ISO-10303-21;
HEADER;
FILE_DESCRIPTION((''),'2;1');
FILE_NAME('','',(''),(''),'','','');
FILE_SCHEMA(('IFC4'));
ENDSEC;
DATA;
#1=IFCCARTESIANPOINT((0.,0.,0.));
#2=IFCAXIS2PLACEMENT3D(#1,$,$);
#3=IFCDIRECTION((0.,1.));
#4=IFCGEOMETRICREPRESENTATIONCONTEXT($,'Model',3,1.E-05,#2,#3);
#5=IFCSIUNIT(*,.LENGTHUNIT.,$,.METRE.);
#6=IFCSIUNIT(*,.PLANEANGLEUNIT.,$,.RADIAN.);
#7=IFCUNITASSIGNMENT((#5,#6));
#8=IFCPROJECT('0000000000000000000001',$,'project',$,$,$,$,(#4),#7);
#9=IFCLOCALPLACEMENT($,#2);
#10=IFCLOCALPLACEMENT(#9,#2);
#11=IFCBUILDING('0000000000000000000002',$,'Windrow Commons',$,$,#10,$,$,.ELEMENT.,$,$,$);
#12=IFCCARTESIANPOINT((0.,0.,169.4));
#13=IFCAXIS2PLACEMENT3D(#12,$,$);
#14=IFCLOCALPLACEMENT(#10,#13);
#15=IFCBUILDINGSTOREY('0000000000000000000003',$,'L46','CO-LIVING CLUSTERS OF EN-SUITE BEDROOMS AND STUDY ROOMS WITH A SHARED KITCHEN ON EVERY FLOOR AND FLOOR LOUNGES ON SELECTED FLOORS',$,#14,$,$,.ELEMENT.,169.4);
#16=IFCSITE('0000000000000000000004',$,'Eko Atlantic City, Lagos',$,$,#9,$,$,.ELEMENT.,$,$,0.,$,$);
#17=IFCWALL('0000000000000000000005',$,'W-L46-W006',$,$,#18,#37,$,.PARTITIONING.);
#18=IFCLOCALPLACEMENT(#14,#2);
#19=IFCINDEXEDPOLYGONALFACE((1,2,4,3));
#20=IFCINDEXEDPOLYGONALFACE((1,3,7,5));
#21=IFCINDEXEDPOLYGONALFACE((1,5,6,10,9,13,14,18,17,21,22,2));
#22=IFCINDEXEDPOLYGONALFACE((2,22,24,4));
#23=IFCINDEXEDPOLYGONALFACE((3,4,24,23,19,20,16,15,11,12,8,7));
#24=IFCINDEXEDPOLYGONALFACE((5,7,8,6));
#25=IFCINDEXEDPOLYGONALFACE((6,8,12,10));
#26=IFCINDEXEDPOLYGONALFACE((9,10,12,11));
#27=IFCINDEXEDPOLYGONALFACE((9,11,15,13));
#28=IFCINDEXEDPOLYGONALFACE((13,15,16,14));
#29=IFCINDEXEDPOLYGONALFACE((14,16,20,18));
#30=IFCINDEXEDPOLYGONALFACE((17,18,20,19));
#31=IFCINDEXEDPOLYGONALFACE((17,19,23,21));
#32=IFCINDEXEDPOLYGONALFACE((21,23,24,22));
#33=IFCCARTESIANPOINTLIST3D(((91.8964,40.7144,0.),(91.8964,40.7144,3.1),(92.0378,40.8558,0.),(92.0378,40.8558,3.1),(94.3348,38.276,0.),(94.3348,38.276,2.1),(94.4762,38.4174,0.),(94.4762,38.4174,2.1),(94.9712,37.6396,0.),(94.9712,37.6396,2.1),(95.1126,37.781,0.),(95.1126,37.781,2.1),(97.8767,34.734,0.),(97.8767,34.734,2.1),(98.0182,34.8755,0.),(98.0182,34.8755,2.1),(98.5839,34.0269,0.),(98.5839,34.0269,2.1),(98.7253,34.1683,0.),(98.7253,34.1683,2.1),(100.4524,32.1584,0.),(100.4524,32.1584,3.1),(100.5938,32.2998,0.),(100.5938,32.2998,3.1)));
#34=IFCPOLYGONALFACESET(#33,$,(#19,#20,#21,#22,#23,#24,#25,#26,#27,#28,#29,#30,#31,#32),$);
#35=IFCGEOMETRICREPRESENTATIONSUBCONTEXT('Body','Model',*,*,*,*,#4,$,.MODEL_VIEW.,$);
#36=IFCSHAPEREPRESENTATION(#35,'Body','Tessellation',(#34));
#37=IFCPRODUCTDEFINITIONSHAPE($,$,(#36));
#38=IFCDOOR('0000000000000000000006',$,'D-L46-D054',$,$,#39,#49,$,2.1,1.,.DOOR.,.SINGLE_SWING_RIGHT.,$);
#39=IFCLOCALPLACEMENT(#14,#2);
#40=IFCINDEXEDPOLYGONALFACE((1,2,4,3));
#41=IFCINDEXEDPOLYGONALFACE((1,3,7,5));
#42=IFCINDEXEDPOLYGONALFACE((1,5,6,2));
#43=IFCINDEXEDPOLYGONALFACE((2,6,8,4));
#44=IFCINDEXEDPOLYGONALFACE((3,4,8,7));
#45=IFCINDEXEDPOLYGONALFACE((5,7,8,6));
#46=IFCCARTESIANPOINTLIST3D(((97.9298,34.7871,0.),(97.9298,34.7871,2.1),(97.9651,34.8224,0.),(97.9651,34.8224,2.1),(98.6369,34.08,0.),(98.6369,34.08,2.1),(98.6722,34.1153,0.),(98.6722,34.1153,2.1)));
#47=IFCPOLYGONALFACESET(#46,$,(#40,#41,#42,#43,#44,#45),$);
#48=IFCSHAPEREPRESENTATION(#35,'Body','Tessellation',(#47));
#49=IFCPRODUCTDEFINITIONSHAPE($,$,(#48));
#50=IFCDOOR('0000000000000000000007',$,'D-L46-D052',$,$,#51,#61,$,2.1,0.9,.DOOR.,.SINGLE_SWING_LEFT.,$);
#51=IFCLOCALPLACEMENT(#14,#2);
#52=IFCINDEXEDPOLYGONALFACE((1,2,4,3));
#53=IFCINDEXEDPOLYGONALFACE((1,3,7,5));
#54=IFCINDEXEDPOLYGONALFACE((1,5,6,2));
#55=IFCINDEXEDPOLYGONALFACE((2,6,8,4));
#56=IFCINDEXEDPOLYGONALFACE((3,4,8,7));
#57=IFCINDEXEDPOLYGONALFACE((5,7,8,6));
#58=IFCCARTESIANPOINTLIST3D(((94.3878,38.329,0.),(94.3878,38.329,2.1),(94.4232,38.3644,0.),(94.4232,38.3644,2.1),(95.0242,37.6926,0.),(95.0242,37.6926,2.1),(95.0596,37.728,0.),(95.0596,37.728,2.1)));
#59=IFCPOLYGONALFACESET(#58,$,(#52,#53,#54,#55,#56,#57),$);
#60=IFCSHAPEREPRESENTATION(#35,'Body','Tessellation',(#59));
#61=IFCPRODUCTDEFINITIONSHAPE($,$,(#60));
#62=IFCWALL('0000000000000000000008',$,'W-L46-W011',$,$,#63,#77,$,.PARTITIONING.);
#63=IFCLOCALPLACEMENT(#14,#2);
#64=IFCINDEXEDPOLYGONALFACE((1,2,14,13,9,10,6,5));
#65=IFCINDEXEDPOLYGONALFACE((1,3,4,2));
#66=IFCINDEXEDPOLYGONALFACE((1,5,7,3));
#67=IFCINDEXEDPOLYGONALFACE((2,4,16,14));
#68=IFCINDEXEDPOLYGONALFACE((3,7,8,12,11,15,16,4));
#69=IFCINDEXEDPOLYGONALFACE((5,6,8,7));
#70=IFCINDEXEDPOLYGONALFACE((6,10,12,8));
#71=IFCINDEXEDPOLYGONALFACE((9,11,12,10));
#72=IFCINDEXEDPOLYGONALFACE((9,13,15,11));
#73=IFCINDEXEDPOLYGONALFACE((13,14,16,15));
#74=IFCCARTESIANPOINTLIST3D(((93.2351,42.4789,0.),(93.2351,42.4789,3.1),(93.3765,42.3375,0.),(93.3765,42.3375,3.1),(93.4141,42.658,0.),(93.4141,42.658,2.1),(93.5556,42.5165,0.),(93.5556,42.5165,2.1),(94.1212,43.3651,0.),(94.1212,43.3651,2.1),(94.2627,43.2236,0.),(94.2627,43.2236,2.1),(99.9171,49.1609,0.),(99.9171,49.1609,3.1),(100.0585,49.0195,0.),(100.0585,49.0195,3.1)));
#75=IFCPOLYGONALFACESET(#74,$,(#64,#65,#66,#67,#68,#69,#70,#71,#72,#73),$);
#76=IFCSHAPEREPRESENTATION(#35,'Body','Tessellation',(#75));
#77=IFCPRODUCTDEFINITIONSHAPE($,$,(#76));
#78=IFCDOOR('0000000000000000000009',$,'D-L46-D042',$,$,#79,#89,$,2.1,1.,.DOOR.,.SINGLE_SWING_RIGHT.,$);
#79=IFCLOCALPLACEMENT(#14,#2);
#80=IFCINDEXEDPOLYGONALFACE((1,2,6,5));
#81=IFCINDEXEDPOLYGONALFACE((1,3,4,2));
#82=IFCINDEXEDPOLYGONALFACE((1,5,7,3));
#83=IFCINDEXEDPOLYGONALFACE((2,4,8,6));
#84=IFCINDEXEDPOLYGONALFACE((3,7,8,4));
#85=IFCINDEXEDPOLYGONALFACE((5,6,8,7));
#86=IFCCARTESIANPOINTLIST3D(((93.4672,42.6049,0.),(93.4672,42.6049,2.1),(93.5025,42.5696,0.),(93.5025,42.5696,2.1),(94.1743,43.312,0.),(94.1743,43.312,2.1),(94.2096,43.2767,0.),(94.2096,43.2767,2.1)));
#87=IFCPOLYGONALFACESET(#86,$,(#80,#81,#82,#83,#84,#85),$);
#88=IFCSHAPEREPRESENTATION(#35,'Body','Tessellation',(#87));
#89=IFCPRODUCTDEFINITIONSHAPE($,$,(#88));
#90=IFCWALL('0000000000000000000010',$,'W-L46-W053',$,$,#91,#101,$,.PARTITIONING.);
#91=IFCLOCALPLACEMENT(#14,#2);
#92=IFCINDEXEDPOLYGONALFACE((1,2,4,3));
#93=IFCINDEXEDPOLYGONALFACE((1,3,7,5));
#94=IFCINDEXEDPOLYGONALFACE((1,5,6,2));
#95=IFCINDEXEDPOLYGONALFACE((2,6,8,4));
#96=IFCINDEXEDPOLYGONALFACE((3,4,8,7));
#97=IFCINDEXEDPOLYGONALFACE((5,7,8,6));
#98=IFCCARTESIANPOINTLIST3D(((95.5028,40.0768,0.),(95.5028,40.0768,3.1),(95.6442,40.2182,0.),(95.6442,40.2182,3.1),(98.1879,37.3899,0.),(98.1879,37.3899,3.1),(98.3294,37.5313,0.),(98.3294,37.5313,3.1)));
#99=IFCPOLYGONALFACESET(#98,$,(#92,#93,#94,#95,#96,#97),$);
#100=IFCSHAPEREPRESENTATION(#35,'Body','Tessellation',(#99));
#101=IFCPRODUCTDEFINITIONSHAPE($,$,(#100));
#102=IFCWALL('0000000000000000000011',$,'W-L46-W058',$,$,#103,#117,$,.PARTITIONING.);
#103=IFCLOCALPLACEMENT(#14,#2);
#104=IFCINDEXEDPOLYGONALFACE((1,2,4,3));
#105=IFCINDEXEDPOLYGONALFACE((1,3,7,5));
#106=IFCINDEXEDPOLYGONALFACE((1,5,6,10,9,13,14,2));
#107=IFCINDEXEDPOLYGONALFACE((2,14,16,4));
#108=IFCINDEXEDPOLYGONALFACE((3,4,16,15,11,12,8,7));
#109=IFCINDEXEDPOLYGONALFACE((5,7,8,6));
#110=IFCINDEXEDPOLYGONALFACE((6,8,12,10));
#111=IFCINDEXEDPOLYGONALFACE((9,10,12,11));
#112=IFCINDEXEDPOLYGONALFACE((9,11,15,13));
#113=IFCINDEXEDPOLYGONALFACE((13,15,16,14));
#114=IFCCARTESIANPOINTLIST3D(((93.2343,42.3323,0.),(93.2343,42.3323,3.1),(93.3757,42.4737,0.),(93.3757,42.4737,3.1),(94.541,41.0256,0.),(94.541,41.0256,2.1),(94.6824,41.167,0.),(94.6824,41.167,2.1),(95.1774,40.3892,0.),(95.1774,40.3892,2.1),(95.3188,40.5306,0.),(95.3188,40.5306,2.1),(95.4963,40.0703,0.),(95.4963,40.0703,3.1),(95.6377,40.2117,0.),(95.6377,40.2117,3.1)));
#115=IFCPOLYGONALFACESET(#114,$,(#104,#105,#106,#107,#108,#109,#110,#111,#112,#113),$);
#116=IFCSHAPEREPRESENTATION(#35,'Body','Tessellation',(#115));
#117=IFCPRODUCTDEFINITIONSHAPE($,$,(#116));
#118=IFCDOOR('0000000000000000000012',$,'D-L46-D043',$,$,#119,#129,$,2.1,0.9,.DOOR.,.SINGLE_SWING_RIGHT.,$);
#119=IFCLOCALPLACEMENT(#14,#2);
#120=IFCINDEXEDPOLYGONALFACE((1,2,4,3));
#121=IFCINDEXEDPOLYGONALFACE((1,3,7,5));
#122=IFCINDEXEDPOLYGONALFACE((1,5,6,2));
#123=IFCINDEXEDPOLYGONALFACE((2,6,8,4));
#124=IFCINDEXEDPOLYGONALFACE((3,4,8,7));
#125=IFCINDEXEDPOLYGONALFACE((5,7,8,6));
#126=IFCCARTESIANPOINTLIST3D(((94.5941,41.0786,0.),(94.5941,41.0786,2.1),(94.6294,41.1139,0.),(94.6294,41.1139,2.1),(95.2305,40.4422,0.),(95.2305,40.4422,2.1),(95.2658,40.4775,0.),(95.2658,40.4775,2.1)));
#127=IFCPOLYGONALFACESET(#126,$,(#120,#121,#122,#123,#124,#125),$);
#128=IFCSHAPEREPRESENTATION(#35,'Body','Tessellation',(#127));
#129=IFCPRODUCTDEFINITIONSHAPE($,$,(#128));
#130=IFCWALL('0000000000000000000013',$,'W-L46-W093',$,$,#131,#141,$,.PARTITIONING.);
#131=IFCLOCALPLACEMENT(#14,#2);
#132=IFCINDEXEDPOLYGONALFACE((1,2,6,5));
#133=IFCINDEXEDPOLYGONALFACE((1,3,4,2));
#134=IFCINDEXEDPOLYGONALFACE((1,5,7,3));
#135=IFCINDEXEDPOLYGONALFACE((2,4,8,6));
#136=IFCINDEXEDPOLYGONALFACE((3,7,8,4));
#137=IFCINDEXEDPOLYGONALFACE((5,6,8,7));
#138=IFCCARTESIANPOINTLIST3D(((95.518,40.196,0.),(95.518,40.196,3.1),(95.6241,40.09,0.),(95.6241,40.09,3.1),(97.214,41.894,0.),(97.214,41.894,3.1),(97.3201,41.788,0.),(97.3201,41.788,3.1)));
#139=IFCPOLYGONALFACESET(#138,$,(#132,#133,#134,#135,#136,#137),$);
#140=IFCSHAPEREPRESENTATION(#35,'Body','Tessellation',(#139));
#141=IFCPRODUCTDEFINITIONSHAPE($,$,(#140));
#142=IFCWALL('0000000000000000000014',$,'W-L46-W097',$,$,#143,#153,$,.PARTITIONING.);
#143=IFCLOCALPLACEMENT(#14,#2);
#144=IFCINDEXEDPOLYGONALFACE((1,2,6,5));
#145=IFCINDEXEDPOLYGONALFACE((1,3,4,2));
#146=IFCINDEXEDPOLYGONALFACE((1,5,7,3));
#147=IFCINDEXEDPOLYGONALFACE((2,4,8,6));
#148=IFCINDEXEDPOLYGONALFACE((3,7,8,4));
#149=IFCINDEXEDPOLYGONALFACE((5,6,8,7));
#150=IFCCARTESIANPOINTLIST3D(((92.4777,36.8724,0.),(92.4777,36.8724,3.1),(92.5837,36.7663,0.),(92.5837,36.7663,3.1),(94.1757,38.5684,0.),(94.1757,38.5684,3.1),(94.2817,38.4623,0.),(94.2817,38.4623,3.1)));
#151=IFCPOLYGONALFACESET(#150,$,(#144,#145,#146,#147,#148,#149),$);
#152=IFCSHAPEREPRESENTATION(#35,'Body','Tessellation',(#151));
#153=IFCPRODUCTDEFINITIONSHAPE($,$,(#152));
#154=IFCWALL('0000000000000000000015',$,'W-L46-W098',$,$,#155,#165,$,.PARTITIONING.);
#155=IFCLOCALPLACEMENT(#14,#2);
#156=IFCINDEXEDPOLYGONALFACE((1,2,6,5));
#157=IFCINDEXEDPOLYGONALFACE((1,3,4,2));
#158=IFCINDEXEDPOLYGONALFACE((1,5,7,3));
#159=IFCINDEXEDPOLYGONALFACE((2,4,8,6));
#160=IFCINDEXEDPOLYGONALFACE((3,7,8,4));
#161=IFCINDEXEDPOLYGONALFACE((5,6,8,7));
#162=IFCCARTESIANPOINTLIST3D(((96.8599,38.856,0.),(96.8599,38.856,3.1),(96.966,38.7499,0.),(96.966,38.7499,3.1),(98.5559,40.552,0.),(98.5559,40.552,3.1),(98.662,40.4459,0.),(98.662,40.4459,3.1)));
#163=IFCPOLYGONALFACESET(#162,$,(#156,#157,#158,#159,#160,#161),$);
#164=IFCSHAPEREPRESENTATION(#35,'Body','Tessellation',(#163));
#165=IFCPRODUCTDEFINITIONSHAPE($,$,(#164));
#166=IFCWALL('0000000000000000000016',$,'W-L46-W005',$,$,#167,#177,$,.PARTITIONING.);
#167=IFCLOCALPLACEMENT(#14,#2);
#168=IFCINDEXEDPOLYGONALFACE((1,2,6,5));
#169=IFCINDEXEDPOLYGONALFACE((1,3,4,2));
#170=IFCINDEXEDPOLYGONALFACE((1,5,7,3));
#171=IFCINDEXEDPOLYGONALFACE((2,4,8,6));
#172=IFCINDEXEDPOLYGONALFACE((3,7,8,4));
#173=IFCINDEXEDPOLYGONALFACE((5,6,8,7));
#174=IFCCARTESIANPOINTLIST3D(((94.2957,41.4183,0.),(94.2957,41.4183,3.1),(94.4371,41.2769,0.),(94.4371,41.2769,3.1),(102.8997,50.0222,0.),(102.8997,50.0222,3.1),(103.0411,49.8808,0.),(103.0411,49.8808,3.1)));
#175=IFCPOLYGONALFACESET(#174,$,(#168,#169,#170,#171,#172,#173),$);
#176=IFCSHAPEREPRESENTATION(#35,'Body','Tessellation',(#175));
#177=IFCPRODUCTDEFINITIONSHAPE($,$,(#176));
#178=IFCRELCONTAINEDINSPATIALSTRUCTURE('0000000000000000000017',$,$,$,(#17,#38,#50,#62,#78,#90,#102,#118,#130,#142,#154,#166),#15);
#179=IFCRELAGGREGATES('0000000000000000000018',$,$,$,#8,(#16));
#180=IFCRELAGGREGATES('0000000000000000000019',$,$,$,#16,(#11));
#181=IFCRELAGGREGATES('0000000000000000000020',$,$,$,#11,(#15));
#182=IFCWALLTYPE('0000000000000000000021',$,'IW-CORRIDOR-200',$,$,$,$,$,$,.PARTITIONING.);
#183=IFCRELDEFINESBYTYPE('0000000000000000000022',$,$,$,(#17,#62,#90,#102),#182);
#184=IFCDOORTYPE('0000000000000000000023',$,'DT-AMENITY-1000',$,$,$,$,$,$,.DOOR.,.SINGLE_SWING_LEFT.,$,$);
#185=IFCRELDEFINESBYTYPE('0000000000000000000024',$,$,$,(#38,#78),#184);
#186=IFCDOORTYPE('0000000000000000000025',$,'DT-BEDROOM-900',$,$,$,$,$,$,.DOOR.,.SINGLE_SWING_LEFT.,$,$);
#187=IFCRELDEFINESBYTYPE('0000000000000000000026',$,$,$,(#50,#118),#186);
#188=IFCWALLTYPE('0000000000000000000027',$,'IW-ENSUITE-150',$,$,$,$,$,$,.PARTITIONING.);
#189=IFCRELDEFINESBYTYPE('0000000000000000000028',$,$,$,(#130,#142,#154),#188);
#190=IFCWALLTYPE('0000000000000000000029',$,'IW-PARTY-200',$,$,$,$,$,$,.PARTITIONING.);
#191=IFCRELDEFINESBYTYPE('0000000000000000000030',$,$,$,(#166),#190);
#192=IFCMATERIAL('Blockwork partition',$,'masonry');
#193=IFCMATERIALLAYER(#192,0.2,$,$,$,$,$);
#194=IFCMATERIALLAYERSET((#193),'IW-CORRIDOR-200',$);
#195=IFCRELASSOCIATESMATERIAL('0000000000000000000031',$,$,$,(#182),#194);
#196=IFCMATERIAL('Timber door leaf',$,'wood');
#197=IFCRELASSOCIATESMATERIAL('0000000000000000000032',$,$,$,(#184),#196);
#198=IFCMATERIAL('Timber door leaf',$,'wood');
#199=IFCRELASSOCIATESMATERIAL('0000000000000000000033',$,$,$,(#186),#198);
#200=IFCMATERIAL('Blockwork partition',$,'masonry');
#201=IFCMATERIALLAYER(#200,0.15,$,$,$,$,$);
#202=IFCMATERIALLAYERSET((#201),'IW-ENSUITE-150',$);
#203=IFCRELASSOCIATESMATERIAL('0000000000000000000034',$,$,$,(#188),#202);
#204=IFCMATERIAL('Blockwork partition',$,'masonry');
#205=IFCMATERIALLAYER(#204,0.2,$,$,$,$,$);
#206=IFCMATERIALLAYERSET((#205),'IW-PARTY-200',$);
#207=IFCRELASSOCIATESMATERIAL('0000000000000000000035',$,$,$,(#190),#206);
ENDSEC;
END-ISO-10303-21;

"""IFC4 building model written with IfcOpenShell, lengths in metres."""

from ifc_helpers import new_model, si_unit, direction, frame, frame_2d, origin, place, context, subcontext, project, spatial, rectangle, extrude, material, layer, layer_set, type_object, element, fill, save


model = new_model("IFC4")

# Units and contexts
model_context = context("Model", 3, precision=1e-05, world=origin(), true_north=direction((0.0, 1.0)))
body_context = subcontext(model_context, "Body", "Model", "MODEL_VIEW")
ifc_project = project(units=[si_unit("LENGTHUNIT", "METRE"), si_unit("PLANEANGLEUNIT", "RADIAN")], contexts=[model_context])

# Site, building, storey
site_placement = place(None, origin())
site = spatial("IfcSite", under=ifc_project, at=site_placement, Name="Eko Atlantic City, Lagos", CompositionType="ELEMENT", RefElevation=0.0)
building_placement = place(site_placement, origin())
building = spatial("IfcBuilding", under=site, at=building_placement, Name="Windrow Commons", CompositionType="ELEMENT")
storey_placement = place(building_placement, frame((0.0, 0.0, 169.4)))
storey = spatial("IfcBuildingStorey", under=building, at=storey_placement, Name="L46", Description="CO-LIVING CLUSTERS OF EN-SUITE BEDROOMS AND STUDY ROOMS WITH A SHARED KITCHEN ON EVERY FLOOR AND FLOOR LOUNGES ON SELECTED FLOORS", CompositionType="ELEMENT", Elevation=169.4)

# Wall, openings, doors
ifc_material_1 = material(Name="Blockwork partition", Category="masonry")
ifc_layer_1 = layer(ifc_material_1, 0.2)
ifc_layer_set_1 = layer_set([ifc_layer_1], Name="IW-CORRIDOR-200")
wall_type_1 = type_object("IfcWallType", Name="IW-CORRIDOR-200", PredefinedType="PARTITIONING", material=ifc_layer_set_1)
wall_1_placement = place(storey_placement, frame((91.9671, 40.7851, 0.0), z_axis=(0.0, 0.0, 1.0), x_axis=(0.707107, -0.707107, 0.0)))
wall_1 = element("IfcWall", 1, at=wall_1_placement, inside=storey, type_object=wall_type_1, Name="W-L46-W006", PredefinedType="PARTITIONING", context=body_context, shape_type="SweptSolid", body=[
    extrude(rectangle(XDim=12.1, YDim=0.2, at=frame_2d((6.05, 0.0))), origin(), (0.0, 0.0, 1.0), 3.1),
])
opening_1_placement = place(wall_1_placement, frame((3.4484, 0.0, 0.0)))
opening_1 = element("IfcOpeningElement", 2, at=opening_1_placement, cuts=wall_1, PredefinedType="OPENING", context=body_context, shape_type="SweptSolid", body=[
    extrude(rectangle(XDim=0.9, YDim=2.1, at=frame_2d((0.45, 1.05))), frame((0.0, 0.11, 0.0), z_axis=(0.0, -1.0, 0.0), x_axis=(1.0, 0.0, 0.0)), (0.0, 0.0, 1.0), 0.22),
])
opening_2_placement = place(wall_1_placement, frame((8.4575, 0.0, 0.0)))
opening_2 = element("IfcOpeningElement", 3, at=opening_2_placement, cuts=wall_1, PredefinedType="OPENING", context=body_context, shape_type="SweptSolid", body=[
    extrude(rectangle(XDim=1.0, YDim=2.1, at=frame_2d((0.5, 1.05))), frame((0.0, 0.11, 0.0), z_axis=(0.0, -1.0, 0.0), x_axis=(1.0, 0.0, 0.0)), (0.0, 0.0, 1.0), 0.22),
])
ifc_material_2 = material(Name="Timber door leaf", Category="wood")
door_type_1 = type_object("IfcDoorType", Name="DT-AMENITY-1000", OperationType="SINGLE_SWING_LEFT", PredefinedType="DOOR", material=ifc_material_2)
door_1_placement = place(opening_2_placement, origin())
door_1 = element("IfcDoor", 4, at=door_1_placement, inside=storey, type_object=door_type_1, Name="D-L46-D054", OperationType="SINGLE_SWING_RIGHT", OverallHeight=2.1, OverallWidth=1.0, PredefinedType="DOOR", context=body_context, shape_type="SweptSolid", body=[
    extrude(rectangle(XDim=1.0, YDim=2.1, at=frame_2d((0.5, 1.05))), frame((0.0, 0.025, 0.0), z_axis=(0.0, -1.0, 0.0), x_axis=(1.0, 0.0, 0.0)), (0.0, 0.0, 1.0), 0.05),
])
fill(opening_2, door_1)
ifc_material_3 = material(Name="Timber door leaf", Category="wood")
door_type_2 = type_object("IfcDoorType", Name="DT-BEDROOM-900", OperationType="SINGLE_SWING_LEFT", PredefinedType="DOOR", material=ifc_material_3)
door_2_placement = place(opening_1_placement, origin())
door_2 = element("IfcDoor", 5, at=door_2_placement, inside=storey, type_object=door_type_2, Name="D-L46-D052", OperationType="SINGLE_SWING_LEFT", OverallHeight=2.1, OverallWidth=0.9, PredefinedType="DOOR", context=body_context, shape_type="SweptSolid", body=[
    extrude(rectangle(XDim=0.9, YDim=2.1, at=frame_2d((0.45, 1.05))), frame((0.0, 0.025, 0.0), z_axis=(0.0, -1.0, 0.0), x_axis=(1.0, 0.0, 0.0)), (0.0, 0.0, 1.0), 0.05),
])
fill(opening_1, door_2)

# Wall, opening, door
wall_2_placement = place(storey_placement, frame((93.3058, 42.4082, 0.0), z_axis=(0.0, 0.0, 1.0), x_axis=(0.707107, 0.707107, 0.0)))
wall_2 = element("IfcWall", 6, at=wall_2_placement, inside=storey, type_object=wall_type_1, Name="W-L46-W011", PredefinedType="PARTITIONING", context=body_context, shape_type="SweptSolid", body=[
    extrude(rectangle(XDim=9.4498, YDim=0.2, at=frame_2d((4.7249, 0.0))), origin(), (0.0, 0.0, 1.0), 3.1),
])
opening_3_placement = place(wall_2_placement, frame((0.2532, 0.0, 0.0)))
opening_3 = element("IfcOpeningElement", 7, at=opening_3_placement, cuts=wall_2, PredefinedType="OPENING", context=body_context, shape_type="SweptSolid", body=[
    extrude(rectangle(XDim=1.0, YDim=2.1, at=frame_2d((0.5, 1.05))), frame((0.0, 0.11, 0.0), z_axis=(0.0, -1.0, 0.0), x_axis=(1.0, 0.0, 0.0)), (0.0, 0.0, 1.0), 0.22),
])
door_3_placement = place(opening_3_placement, origin())
door_3 = element("IfcDoor", 8, at=door_3_placement, inside=storey, type_object=door_type_1, Name="D-L46-D042", OperationType="SINGLE_SWING_RIGHT", OverallHeight=2.1, OverallWidth=1.0, PredefinedType="DOOR", context=body_context, shape_type="SweptSolid", body=[
    extrude(rectangle(XDim=1.0, YDim=2.1, at=frame_2d((0.5, 1.05))), frame((0.0, 0.025, 0.0), z_axis=(0.0, -1.0, 0.0), x_axis=(1.0, 0.0, 0.0)), (0.0, 0.0, 1.0), 0.05),
])
fill(opening_3, door_3)

# Wall
wall_3_placement = place(storey_placement, frame((95.5735, 40.1475, 0.0), z_axis=(0.0, 0.0, 1.0), x_axis=(0.70687, -0.707344, 0.0)))
element("IfcWall", 9, at=wall_3_placement, inside=storey, type_object=wall_type_1, Name="W-L46-W053", PredefinedType="PARTITIONING", context=body_context, shape_type="SweptSolid", body=[
    extrude(rectangle(XDim=3.7986, YDim=0.2, at=frame_2d((1.8993, 0.0))), origin(), (0.0, 0.0, 1.0), 3.1),
])

# Wall, opening, door
wall_4_placement = place(storey_placement, frame((93.305, 42.403, 0.0), z_axis=(0.0, 0.0, 1.0), x_axis=(0.707107, -0.707107, 0.0)))
wall_4 = element("IfcWall", 10, at=wall_4_placement, inside=storey, type_object=wall_type_1, Name="W-L46-W058", PredefinedType="PARTITIONING", context=body_context, shape_type="SweptSolid", body=[
    extrude(rectangle(XDim=3.199, YDim=0.2, at=frame_2d((1.5995, 0.0))), origin(), (0.0, 0.0, 1.0), 3.1),
])
opening_4_placement = place(wall_4_placement, frame((1.848, 0.0, 0.0)))
opening_4 = element("IfcOpeningElement", 11, at=opening_4_placement, cuts=wall_4, PredefinedType="OPENING", context=body_context, shape_type="SweptSolid", body=[
    extrude(rectangle(XDim=0.9, YDim=2.1, at=frame_2d((0.45, 1.05))), frame((0.0, 0.11, 0.0), z_axis=(0.0, -1.0, 0.0), x_axis=(1.0, 0.0, 0.0)), (0.0, 0.0, 1.0), 0.22),
])
door_4_placement = place(opening_4_placement, origin())
door_4 = element("IfcDoor", 12, at=door_4_placement, inside=storey, type_object=door_type_2, Name="D-L46-D043", OperationType="SINGLE_SWING_RIGHT", OverallHeight=2.1, OverallWidth=0.9, PredefinedType="DOOR", context=body_context, shape_type="SweptSolid", body=[
    extrude(rectangle(XDim=0.9, YDim=2.1, at=frame_2d((0.45, 1.05))), frame((0.0, 0.025, 0.0), z_axis=(0.0, -1.0, 0.0), x_axis=(1.0, 0.0, 0.0)), (0.0, 0.0, 1.0), 0.05),
])
fill(opening_4, door_4)

# Walls
ifc_material_4 = material(Name="Blockwork partition", Category="masonry")
ifc_layer_2 = layer(ifc_material_4, 0.15)
ifc_layer_set_2 = layer_set([ifc_layer_2], Name="IW-ENSUITE-150")
wall_type_2 = type_object("IfcWallType", Name="IW-ENSUITE-150", PredefinedType="PARTITIONING", material=ifc_layer_set_2)
for number, where, z_axis, x_axis, name in (
    (13, (95.571, 40.143, 0.0), (0.0, 0.0, 1.0), (0.70669, 0.707523, 0.0), "W-L46-W093"),
    (14, (92.5307, 36.8193, 0.0), (0.0, 0.0, 1.0), (0.707523, 0.70669, 0.0), "W-L46-W097"),
):
    element("IfcWall", number, at=place(storey_placement, frame(where, z_axis=z_axis, x_axis=x_axis)), inside=storey, type_object=wall_type_2, Name=name, PredefinedType="PARTITIONING", context=body_context, shape_type="SweptSolid", body=[
        extrude(rectangle(XDim=2.3999, YDim=0.15, at=frame_2d((1.2, 0.0))), origin(), (0.0, 0.0, 1.0), 3.1),
    ])
wall_5_placement = place(storey_placement, frame((96.913, 38.803, 0.0), z_axis=(0.0, 0.0, 1.0), x_axis=(0.707107, 0.707107, 0.0)))
element("IfcWall", 15, at=wall_5_placement, inside=storey, type_object=wall_type_2, Name="W-L46-W098", PredefinedType="PARTITIONING", context=body_context, shape_type="SweptSolid", body=[
    extrude(rectangle(XDim=2.3985, YDim=0.15, at=frame_2d((1.1992, 0.0))), origin(), (0.0, 0.0, 1.0), 3.1),
])
ifc_material_5 = material(Name="Blockwork partition", Category="masonry")
ifc_layer_3 = layer(ifc_material_5, 0.2)
ifc_layer_set_3 = layer_set([ifc_layer_3], Name="IW-PARTY-200")
wall_type_3 = type_object("IfcWallType", Name="IW-PARTY-200", PredefinedType="PARTITIONING", material=ifc_layer_set_3)
wall_6_placement = place(storey_placement, frame((94.3664, 41.3476, 0.0), z_axis=(0.0, 0.0, 1.0), x_axis=(0.707111, 0.707103, 0.0)))
element("IfcWall", 16, at=wall_6_placement, inside=storey, type_object=wall_type_3, Name="W-L46-W005", PredefinedType="PARTITIONING", context=body_context, shape_type="SweptSolid", body=[
    extrude(rectangle(XDim=12.1678, YDim=0.2, at=frame_2d((6.0839, 0.0))), origin(), (0.0, 0.0, 1.0), 3.1),
])

save(model, "model.ifc")
